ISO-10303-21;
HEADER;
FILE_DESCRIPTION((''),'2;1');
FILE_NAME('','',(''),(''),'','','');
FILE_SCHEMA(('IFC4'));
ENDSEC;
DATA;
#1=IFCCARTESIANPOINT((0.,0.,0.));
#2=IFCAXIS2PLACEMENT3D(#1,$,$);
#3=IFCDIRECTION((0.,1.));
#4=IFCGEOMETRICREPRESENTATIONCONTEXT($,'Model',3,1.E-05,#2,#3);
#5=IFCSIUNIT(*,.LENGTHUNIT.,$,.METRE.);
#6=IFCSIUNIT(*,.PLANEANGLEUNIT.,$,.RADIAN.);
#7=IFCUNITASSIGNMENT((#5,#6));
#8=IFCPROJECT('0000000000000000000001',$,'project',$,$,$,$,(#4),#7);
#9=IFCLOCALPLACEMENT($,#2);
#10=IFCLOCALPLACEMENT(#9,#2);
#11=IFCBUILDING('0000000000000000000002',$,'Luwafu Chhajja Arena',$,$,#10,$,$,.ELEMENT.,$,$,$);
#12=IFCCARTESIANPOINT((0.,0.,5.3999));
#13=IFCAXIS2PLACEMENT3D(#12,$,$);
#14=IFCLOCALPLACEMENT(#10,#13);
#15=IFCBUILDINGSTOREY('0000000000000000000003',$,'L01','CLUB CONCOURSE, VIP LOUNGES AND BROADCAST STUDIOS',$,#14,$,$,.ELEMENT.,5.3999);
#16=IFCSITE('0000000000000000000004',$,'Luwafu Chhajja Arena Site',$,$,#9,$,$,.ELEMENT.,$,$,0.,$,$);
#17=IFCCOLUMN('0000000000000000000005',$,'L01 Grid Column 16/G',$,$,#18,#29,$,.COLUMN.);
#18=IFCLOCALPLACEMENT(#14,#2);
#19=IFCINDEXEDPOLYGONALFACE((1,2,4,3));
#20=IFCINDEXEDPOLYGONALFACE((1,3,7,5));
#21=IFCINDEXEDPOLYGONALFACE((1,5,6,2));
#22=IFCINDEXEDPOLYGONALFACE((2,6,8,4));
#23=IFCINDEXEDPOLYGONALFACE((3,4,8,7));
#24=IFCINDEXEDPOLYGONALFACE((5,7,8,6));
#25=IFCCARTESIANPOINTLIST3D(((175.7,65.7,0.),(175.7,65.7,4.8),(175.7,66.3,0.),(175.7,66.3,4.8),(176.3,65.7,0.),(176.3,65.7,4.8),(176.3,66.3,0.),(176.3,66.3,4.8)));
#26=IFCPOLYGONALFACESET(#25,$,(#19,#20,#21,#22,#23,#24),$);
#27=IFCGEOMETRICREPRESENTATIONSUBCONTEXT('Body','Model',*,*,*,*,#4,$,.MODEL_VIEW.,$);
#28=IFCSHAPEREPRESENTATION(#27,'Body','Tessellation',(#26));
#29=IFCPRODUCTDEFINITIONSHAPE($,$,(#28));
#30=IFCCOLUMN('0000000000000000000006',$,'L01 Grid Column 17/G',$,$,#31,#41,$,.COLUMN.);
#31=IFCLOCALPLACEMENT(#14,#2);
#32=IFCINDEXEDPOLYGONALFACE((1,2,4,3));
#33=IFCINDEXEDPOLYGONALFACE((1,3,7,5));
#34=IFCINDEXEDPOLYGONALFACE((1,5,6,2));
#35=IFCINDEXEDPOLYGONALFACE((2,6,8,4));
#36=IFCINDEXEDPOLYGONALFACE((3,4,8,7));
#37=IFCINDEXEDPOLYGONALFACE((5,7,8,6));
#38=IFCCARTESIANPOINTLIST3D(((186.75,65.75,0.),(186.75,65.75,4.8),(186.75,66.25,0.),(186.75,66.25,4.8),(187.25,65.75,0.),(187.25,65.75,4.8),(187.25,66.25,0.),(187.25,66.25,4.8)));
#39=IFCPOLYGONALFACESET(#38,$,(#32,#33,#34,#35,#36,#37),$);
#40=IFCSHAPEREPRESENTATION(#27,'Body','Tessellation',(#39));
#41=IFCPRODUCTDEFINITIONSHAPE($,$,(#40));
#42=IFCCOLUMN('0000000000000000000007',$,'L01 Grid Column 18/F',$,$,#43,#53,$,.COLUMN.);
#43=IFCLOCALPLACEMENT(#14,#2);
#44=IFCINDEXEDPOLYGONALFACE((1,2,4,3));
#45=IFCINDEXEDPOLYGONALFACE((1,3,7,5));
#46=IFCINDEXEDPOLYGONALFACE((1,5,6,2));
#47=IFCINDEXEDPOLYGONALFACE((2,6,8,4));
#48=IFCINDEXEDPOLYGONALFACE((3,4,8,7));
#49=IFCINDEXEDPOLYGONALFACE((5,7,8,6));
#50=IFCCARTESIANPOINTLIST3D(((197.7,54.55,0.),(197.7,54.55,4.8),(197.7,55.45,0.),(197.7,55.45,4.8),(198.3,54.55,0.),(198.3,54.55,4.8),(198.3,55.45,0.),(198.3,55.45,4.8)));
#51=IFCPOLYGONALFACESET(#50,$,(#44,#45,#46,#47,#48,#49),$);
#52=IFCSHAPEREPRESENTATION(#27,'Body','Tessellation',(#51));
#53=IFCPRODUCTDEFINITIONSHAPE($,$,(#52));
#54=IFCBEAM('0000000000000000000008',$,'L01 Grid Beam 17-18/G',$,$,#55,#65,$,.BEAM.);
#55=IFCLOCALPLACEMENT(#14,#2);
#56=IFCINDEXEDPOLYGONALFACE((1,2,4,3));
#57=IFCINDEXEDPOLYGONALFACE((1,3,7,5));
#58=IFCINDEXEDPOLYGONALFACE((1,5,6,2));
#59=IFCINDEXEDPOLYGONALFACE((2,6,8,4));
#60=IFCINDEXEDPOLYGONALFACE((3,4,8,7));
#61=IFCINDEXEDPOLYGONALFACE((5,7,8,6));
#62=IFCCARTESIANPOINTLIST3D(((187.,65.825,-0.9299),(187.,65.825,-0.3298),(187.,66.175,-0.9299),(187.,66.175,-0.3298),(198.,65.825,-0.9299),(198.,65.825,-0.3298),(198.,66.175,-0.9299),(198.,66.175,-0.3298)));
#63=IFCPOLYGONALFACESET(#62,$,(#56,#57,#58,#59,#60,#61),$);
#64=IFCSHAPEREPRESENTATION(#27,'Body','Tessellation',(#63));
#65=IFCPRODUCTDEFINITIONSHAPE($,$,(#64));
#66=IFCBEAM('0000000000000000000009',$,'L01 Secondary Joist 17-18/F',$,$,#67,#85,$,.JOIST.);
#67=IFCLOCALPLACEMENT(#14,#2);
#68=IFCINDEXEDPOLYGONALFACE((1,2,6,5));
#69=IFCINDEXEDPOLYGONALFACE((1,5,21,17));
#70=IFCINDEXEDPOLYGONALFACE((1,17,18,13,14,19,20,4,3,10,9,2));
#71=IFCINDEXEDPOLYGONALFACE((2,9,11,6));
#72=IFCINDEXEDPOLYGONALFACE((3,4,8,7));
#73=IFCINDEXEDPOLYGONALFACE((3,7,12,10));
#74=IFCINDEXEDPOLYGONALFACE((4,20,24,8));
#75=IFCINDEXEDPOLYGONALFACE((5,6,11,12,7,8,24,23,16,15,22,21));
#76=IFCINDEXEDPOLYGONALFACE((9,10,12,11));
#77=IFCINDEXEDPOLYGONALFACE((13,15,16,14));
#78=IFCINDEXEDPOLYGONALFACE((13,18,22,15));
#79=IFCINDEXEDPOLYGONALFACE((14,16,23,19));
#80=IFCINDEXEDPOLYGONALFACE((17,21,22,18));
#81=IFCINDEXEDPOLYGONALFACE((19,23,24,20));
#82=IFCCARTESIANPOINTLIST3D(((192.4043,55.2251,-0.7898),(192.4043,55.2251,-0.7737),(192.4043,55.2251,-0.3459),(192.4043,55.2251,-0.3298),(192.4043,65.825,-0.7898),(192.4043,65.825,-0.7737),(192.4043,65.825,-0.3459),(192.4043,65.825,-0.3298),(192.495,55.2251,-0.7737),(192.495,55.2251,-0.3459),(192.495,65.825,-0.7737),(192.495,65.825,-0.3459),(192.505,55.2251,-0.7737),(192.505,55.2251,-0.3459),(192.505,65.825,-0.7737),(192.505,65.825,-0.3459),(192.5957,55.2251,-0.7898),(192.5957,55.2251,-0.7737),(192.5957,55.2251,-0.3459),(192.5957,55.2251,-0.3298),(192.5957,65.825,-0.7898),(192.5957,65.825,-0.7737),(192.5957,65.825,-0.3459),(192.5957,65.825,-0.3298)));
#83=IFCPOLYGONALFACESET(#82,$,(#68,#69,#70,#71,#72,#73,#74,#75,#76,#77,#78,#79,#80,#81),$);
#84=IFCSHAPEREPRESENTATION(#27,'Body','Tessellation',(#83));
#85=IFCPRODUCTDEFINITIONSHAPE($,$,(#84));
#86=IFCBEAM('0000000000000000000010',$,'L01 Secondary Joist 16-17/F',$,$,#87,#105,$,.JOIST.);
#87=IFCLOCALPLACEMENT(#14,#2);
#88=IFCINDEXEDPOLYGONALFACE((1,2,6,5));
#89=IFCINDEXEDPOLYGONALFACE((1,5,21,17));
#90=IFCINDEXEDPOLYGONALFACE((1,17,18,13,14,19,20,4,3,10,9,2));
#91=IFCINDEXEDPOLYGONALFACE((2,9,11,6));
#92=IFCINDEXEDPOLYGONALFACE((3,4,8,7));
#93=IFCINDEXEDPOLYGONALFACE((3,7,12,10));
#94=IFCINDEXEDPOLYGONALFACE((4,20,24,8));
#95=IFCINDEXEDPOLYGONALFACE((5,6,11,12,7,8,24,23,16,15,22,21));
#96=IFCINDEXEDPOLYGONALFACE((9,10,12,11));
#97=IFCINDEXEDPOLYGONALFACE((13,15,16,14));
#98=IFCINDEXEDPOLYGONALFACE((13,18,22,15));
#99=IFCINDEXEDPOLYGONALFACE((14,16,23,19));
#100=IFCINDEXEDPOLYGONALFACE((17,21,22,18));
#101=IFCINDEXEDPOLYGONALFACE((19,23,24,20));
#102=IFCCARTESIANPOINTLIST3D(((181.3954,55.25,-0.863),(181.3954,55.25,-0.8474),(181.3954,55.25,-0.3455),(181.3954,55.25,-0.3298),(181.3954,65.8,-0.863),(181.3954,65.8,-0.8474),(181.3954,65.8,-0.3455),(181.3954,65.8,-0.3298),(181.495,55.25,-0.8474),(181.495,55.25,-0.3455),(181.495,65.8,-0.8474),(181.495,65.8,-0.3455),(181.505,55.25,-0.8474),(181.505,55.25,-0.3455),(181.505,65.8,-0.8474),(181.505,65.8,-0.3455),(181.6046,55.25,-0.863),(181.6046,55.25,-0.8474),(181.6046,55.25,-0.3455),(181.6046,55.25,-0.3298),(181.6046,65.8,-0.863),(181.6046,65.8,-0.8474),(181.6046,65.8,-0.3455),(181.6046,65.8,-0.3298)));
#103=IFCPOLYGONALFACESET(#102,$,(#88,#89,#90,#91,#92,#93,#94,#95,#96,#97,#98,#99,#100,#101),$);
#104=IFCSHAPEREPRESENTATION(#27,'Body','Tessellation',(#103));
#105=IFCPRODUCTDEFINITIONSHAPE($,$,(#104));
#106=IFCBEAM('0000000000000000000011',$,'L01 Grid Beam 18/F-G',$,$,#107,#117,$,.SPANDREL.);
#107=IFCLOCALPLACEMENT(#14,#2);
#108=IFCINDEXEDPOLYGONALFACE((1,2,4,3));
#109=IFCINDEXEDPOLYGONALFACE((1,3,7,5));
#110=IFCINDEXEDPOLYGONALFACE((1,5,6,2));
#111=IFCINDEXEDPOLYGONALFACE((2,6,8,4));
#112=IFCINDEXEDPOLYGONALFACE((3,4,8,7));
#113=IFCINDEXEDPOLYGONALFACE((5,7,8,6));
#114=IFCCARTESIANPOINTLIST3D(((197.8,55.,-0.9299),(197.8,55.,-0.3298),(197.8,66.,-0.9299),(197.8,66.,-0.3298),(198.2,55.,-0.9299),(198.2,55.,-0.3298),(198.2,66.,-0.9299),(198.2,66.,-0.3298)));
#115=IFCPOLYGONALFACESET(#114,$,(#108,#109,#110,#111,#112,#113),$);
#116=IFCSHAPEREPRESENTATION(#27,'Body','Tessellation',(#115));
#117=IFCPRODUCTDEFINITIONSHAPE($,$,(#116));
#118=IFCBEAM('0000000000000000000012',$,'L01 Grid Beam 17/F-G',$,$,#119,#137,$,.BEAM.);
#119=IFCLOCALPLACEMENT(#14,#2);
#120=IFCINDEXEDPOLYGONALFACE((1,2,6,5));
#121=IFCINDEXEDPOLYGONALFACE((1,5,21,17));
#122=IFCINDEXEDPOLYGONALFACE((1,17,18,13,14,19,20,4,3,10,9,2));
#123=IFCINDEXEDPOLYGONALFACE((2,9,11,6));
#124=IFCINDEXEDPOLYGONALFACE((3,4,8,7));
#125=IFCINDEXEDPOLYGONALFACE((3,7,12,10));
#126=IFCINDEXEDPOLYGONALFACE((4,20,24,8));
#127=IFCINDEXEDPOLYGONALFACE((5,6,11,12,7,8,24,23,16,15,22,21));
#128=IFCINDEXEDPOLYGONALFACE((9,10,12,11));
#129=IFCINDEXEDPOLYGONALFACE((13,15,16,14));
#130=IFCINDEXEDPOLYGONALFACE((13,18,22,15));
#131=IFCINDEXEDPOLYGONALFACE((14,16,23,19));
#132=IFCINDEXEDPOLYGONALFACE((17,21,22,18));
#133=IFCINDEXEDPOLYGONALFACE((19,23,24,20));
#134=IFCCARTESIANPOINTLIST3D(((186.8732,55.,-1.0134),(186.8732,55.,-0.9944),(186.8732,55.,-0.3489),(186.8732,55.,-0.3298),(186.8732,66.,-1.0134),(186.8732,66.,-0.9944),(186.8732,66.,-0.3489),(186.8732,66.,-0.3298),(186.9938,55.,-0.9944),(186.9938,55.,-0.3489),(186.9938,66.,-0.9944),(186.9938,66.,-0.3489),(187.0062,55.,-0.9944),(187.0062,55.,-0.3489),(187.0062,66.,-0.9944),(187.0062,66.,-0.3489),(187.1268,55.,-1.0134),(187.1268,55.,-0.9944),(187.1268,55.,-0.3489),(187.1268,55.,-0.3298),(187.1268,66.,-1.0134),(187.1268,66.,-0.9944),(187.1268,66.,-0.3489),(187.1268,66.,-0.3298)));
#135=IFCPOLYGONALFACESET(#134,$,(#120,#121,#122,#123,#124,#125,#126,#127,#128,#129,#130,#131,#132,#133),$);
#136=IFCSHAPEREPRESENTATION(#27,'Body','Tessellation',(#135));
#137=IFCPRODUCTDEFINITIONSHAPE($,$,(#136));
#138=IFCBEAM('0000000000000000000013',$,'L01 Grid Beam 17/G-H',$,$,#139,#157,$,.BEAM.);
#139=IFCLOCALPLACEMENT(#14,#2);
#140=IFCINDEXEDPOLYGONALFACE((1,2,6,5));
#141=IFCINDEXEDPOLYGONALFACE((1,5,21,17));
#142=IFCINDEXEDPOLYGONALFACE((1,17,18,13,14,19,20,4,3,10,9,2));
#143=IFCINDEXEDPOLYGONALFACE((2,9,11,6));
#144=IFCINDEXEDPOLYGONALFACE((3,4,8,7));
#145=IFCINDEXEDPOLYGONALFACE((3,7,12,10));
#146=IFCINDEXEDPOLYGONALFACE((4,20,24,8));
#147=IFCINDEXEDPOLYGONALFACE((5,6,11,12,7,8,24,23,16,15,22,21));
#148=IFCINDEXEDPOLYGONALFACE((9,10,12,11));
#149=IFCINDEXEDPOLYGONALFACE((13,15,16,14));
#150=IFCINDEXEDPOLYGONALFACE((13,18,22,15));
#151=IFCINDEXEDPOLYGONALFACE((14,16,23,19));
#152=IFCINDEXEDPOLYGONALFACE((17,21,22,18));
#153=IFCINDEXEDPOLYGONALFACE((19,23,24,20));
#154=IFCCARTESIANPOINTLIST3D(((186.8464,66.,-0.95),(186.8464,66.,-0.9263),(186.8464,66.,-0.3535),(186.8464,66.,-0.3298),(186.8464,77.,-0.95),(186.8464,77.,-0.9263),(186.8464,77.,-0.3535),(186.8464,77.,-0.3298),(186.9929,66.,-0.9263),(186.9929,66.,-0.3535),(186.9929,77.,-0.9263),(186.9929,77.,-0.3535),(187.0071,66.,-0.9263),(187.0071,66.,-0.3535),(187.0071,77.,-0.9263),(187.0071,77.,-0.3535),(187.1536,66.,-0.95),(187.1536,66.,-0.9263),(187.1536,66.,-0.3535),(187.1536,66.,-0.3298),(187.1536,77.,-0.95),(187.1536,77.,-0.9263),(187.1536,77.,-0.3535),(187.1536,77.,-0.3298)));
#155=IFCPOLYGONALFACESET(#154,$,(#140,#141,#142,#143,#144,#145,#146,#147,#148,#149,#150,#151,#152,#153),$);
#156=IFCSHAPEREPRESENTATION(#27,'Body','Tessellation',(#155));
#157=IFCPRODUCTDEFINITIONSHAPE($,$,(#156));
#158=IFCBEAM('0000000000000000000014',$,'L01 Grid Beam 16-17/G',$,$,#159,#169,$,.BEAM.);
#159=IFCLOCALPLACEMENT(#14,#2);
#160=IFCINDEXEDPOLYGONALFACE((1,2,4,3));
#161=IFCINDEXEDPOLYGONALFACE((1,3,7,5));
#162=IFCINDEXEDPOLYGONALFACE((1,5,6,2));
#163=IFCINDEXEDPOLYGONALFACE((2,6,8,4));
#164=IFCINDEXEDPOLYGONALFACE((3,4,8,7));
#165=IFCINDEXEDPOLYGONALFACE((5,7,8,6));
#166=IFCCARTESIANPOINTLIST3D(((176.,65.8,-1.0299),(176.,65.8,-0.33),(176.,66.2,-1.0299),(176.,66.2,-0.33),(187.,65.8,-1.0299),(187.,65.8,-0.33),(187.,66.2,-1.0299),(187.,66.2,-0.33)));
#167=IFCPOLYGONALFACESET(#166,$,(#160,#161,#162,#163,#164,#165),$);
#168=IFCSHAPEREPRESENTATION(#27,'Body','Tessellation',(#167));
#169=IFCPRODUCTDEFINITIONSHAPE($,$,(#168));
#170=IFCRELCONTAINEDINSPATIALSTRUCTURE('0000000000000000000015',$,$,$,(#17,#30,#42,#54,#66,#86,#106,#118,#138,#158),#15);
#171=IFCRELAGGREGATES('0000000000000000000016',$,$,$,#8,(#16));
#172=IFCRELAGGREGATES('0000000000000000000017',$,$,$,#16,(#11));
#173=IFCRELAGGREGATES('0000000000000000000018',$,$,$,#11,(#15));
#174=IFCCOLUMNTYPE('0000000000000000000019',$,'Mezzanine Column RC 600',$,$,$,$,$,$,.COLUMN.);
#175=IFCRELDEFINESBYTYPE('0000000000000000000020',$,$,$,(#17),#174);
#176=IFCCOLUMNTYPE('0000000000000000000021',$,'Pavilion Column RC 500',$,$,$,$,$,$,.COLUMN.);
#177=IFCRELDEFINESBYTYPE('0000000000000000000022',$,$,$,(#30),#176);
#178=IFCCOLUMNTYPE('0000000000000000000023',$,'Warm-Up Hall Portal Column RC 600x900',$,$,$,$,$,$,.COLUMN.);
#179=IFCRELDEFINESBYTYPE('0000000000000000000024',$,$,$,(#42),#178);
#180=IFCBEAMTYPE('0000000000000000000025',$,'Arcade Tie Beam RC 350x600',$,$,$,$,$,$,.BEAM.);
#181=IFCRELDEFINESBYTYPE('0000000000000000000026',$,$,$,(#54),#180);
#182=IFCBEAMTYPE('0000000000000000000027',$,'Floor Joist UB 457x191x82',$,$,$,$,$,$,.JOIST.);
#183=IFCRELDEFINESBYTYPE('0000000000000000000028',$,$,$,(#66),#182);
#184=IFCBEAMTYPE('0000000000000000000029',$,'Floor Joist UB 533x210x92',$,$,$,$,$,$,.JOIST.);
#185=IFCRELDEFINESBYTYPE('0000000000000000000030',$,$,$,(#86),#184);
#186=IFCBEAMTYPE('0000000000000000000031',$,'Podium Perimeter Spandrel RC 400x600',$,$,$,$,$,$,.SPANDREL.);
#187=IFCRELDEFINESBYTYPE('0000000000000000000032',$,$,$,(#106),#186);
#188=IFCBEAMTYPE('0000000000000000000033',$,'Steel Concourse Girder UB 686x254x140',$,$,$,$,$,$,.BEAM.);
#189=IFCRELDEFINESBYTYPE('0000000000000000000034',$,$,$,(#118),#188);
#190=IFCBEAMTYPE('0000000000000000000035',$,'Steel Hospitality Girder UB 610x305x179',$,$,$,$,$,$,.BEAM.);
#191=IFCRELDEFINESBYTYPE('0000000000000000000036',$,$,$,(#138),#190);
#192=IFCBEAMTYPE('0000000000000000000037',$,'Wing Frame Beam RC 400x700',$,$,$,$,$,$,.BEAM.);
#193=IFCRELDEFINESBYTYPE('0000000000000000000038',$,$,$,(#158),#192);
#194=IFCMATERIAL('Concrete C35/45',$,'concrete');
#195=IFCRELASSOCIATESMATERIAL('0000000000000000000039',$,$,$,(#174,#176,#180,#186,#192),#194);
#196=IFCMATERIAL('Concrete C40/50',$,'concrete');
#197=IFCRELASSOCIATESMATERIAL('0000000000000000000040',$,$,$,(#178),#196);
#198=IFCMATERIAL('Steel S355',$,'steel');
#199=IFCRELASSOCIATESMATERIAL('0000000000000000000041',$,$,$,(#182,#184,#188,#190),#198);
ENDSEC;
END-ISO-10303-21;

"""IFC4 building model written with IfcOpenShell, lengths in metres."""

from ifc_helpers import new_model, si_unit, direction, frame, origin, origin_2d, place, context, subcontext, project, spatial, rectangle, i_section, extrude, material, material_profile, profile_set, type_object, element, save


model = new_model("IFC4")

# Units and contexts
model_context = context("Model", 3, precision=1e-05, world=origin(), true_north=direction((0.0, 1.0)))
body_context = subcontext(model_context, "Body", "Model", "MODEL_VIEW")
ifc_project = project(units=[si_unit("LENGTHUNIT", "METRE"), si_unit("PLANEANGLEUNIT", "RADIAN")], contexts=[model_context])

# Site, building, storey
site_placement = place(None, origin())
site = spatial("IfcSite", under=ifc_project, at=site_placement, Name="Luwafu Chhajja Arena Site", CompositionType="ELEMENT", RefElevation=0.0)
building_placement = place(site_placement, origin())
building = spatial("IfcBuilding", under=site, at=building_placement, Name="Luwafu Chhajja Arena", CompositionType="ELEMENT")
storey_placement = place(building_placement, frame((0.0, 0.0, 5.3999)))
storey = spatial("IfcBuildingStorey", under=building, at=storey_placement, Name="L01", Description="CLUB CONCOURSE, VIP LOUNGES AND BROADCAST STUDIOS", CompositionType="ELEMENT", Elevation=5.3999)

# Columns
ifc_material_1 = material(Name="Concrete C35/45", Category="concrete")
ifc_material_profile_1 = material_profile(ifc_material_1, rectangle(XDim=0.6001, YDim=0.6001, at=origin_2d()), Name="RC 600x600")
ifc_profile_set_1 = profile_set([ifc_material_profile_1], Name="Concrete C35/45")
column_type_1 = type_object("IfcColumnType", Name="Mezzanine Column RC 600", PredefinedType="COLUMN", material=ifc_profile_set_1)
column_1_placement = place(storey_placement, frame((176.0, 66.0, 0.0), z_axis=(0.0, 0.0, 1.0), x_axis=(1.0, 0.0, 0.0)))
element("IfcColumn", 1, at=column_1_placement, inside=storey, type_object=column_type_1, Name="L01 Grid Column 16/G", PredefinedType="COLUMN", context=body_context, shape_type="SweptSolid", body=[
    extrude(rectangle(XDim=0.6001, YDim=0.6001, at=origin_2d()), origin(), (0.0, 0.0, 1.0), 4.8),
])
ifc_material_profile_2 = material_profile(ifc_material_1, rectangle(XDim=0.5, YDim=0.5, at=origin_2d()), Name="RC 500x500")
ifc_profile_set_2 = profile_set([ifc_material_profile_2], Name="Concrete C35/45")
column_type_2 = type_object("IfcColumnType", Name="Pavilion Column RC 500", PredefinedType="COLUMN", material=ifc_profile_set_2)
column_2_placement = place(storey_placement, frame((187.0, 66.0, 0.0), z_axis=(0.0, 0.0, 1.0), x_axis=(1.0, 0.0, 0.0)))
element("IfcColumn", 2, at=column_2_placement, inside=storey, type_object=column_type_2, Name="L01 Grid Column 17/G", PredefinedType="COLUMN", context=body_context, shape_type="SweptSolid", body=[
    extrude(rectangle(XDim=0.5, YDim=0.5, at=origin_2d()), origin(), (0.0, 0.0, 1.0), 4.8),
])
ifc_material_2 = material(Name="Concrete C40/50", Category="concrete")
ifc_material_profile_3 = material_profile(ifc_material_2, rectangle(XDim=0.6001, YDim=0.8999, at=origin_2d()), Name="RC 600x900")
ifc_profile_set_3 = profile_set([ifc_material_profile_3], Name="Concrete C40/50")
column_type_3 = type_object("IfcColumnType", Name="Warm-Up Hall Portal Column RC 600x900", PredefinedType="COLUMN", material=ifc_profile_set_3)
column_3_placement = place(storey_placement, frame((198.0, 55.0, 0.0), z_axis=(0.0, 0.0, 1.0), x_axis=(1.0, 0.0, 0.0)))
element("IfcColumn", 3, at=column_3_placement, inside=storey, type_object=column_type_3, Name="L01 Grid Column 18/F", PredefinedType="COLUMN", context=body_context, shape_type="SweptSolid", body=[
    extrude(rectangle(XDim=0.6001, YDim=0.8999, at=origin_2d()), origin(), (0.0, 0.0, 1.0), 4.8),
])

# Beams
ifc_material_profile_4 = material_profile(ifc_material_1, rectangle(XDim=0.3501, YDim=0.6001, at=origin_2d()), Name="RC 350x600")
ifc_profile_set_4 = profile_set([ifc_material_profile_4], Name="Concrete C35/45")
beam_type_1 = type_object("IfcBeamType", Name="Arcade Tie Beam RC 350x600", PredefinedType="BEAM", material=ifc_profile_set_4)
beam_1_placement = place(storey_placement, frame((187.0, 66.0, -0.6299), z_axis=(1.0, 0.0, 0.0), x_axis=(0.0, 1.0, 0.0)))
element("IfcBeam", 4, at=beam_1_placement, inside=storey, type_object=beam_type_1, Name="L01 Grid Beam 17-18/G", PredefinedType="BEAM", context=body_context, shape_type="SweptSolid", body=[
    extrude(rectangle(XDim=0.3501, YDim=0.6001, at=origin_2d()), origin(), (0.0, 0.0, 1.0), 11.0),
])
ifc_material_3 = material(Name="Steel S355", Category="steel")
ifc_material_profile_5 = material_profile(ifc_material_3, i_section(OverallWidth=0.1914, OverallDepth=0.46, WebThickness=0.01, FlangeThickness=0.0161, at=origin_2d()), Name="UB 457x191x82")
ifc_profile_set_5 = profile_set([ifc_material_profile_5], Name="Steel S355")
beam_type_2 = type_object("IfcBeamType", Name="Floor Joist UB 457x191x82", PredefinedType="JOIST", material=ifc_profile_set_5)
beam_2_placement = place(storey_placement, frame((192.5, 55.2251, -0.5598), z_axis=(0.0, 1.0, 0.0), x_axis=(-1.0, 0.0, 0.0)))
element("IfcBeam", 5, at=beam_2_placement, inside=storey, type_object=beam_type_2, Name="L01 Secondary Joist 17-18/F", PredefinedType="JOIST", context=body_context, shape_type="SweptSolid", body=[
    extrude(i_section(OverallWidth=0.1914, OverallDepth=0.46, WebThickness=0.01, FlangeThickness=0.0161, at=origin_2d()), origin(), (0.0, 0.0, 1.0), 10.5999),
])
ifc_material_profile_6 = material_profile(ifc_material_3, i_section(OverallWidth=0.2092, OverallDepth=0.5332, WebThickness=0.01, FlangeThickness=0.0156, at=origin_2d()), Name="UB 533x210x92")
ifc_profile_set_6 = profile_set([ifc_material_profile_6], Name="Steel S355")
beam_type_3 = type_object("IfcBeamType", Name="Floor Joist UB 533x210x92", PredefinedType="JOIST", material=ifc_profile_set_6)
beam_3_placement = place(storey_placement, frame((181.5, 55.25, -0.5964), z_axis=(0.0, 1.0, 0.0), x_axis=(-1.0, 0.0, 0.0)))
element("IfcBeam", 6, at=beam_3_placement, inside=storey, type_object=beam_type_3, Name="L01 Secondary Joist 16-17/F", PredefinedType="JOIST", context=body_context, shape_type="SweptSolid", body=[
    extrude(i_section(OverallWidth=0.2092, OverallDepth=0.5332, WebThickness=0.01, FlangeThickness=0.0156, at=origin_2d()), origin(), (0.0, 0.0, 1.0), 10.55),
])
ifc_material_profile_7 = material_profile(ifc_material_1, rectangle(XDim=0.3999, YDim=0.6001, at=origin_2d()), Name="RC 400x600")
ifc_profile_set_7 = profile_set([ifc_material_profile_7], Name="Concrete C35/45")
beam_type_4 = type_object("IfcBeamType", Name="Podium Perimeter Spandrel RC 400x600", PredefinedType="SPANDREL", material=ifc_profile_set_7)
beam_4_placement = place(storey_placement, frame((198.0, 55.0, -0.6299), z_axis=(0.0, 1.0, 0.0), x_axis=(-1.0, 0.0, 0.0)))
element("IfcBeam", 7, at=beam_4_placement, inside=storey, type_object=beam_type_4, Name="L01 Grid Beam 18/F-G", PredefinedType="SPANDREL", context=body_context, shape_type="SweptSolid", body=[
    extrude(rectangle(XDim=0.3999, YDim=0.6001, at=origin_2d()), origin(), (0.0, 0.0, 1.0), 11.0),
])
ifc_material_profile_8 = material_profile(ifc_material_3, i_section(OverallWidth=0.2537, OverallDepth=0.6836, WebThickness=0.0125, FlangeThickness=0.019, at=origin_2d()), Name="UB 686x254x140")
ifc_profile_set_8 = profile_set([ifc_material_profile_8], Name="Steel S355")
beam_type_5 = type_object("IfcBeamType", Name="Steel Concourse Girder UB 686x254x140", PredefinedType="BEAM", material=ifc_profile_set_8)
beam_5_placement = place(storey_placement, frame((187.0, 55.0, -0.6716), z_axis=(0.0, 1.0, 0.0), x_axis=(-1.0, 0.0, 0.0)))
element("IfcBeam", 8, at=beam_5_placement, inside=storey, type_object=beam_type_5, Name="L01 Grid Beam 17/F-G", PredefinedType="BEAM", context=body_context, shape_type="SweptSolid", body=[
    extrude(i_section(OverallWidth=0.2537, OverallDepth=0.6836, WebThickness=0.0125, FlangeThickness=0.019, at=origin_2d()), origin(), (0.0, 0.0, 1.0), 11.0),
])
ifc_material_profile_9 = material_profile(ifc_material_3, i_section(OverallWidth=0.3071, OverallDepth=0.6201, WebThickness=0.0142, FlangeThickness=0.0237, at=origin_2d()), Name="UB 610x305x179")
ifc_profile_set_9 = profile_set([ifc_material_profile_9], Name="Steel S355")
beam_type_6 = type_object("IfcBeamType", Name="Steel Hospitality Girder UB 610x305x179", PredefinedType="BEAM", material=ifc_profile_set_9)
beam_6_placement = place(storey_placement, frame((187.0, 66.0, -0.6399), z_axis=(0.0, 1.0, 0.0), x_axis=(-1.0, 0.0, 0.0)))
element("IfcBeam", 9, at=beam_6_placement, inside=storey, type_object=beam_type_6, Name="L01 Grid Beam 17/G-H", PredefinedType="BEAM", context=body_context, shape_type="SweptSolid", body=[
    extrude(i_section(OverallWidth=0.3071, OverallDepth=0.6201, WebThickness=0.0142, FlangeThickness=0.0237, at=origin_2d()), origin(), (0.0, 0.0, 1.0), 11.0),
])
ifc_material_profile_10 = material_profile(ifc_material_1, rectangle(XDim=0.3999, YDim=0.7, at=origin_2d()), Name="RC 400x700")
ifc_profile_set_10 = profile_set([ifc_material_profile_10], Name="Concrete C35/45")
beam_type_7 = type_object("IfcBeamType", Name="Wing Frame Beam RC 400x700", PredefinedType="BEAM", material=ifc_profile_set_10)
for number, where, z_axis, x_axis, name in (
    (10, (176.0, 66.0, -0.6799), (1.0, 0.0, 0.0), (0.0, 1.0, 0.0), "L01 Grid Beam 16-17/G"),
):
    element("IfcBeam", number, at=place(storey_placement, frame(where, z_axis=z_axis, x_axis=x_axis)), inside=storey, type_object=beam_type_7, Name=name, PredefinedType="BEAM", context=body_context, shape_type="SweptSolid", body=[
        extrude(rectangle(XDim=0.3999, YDim=0.7, at=origin_2d()), origin(), (0.0, 0.0, 1.0), 11.0),
    ])

save(model, "model.ifc")
